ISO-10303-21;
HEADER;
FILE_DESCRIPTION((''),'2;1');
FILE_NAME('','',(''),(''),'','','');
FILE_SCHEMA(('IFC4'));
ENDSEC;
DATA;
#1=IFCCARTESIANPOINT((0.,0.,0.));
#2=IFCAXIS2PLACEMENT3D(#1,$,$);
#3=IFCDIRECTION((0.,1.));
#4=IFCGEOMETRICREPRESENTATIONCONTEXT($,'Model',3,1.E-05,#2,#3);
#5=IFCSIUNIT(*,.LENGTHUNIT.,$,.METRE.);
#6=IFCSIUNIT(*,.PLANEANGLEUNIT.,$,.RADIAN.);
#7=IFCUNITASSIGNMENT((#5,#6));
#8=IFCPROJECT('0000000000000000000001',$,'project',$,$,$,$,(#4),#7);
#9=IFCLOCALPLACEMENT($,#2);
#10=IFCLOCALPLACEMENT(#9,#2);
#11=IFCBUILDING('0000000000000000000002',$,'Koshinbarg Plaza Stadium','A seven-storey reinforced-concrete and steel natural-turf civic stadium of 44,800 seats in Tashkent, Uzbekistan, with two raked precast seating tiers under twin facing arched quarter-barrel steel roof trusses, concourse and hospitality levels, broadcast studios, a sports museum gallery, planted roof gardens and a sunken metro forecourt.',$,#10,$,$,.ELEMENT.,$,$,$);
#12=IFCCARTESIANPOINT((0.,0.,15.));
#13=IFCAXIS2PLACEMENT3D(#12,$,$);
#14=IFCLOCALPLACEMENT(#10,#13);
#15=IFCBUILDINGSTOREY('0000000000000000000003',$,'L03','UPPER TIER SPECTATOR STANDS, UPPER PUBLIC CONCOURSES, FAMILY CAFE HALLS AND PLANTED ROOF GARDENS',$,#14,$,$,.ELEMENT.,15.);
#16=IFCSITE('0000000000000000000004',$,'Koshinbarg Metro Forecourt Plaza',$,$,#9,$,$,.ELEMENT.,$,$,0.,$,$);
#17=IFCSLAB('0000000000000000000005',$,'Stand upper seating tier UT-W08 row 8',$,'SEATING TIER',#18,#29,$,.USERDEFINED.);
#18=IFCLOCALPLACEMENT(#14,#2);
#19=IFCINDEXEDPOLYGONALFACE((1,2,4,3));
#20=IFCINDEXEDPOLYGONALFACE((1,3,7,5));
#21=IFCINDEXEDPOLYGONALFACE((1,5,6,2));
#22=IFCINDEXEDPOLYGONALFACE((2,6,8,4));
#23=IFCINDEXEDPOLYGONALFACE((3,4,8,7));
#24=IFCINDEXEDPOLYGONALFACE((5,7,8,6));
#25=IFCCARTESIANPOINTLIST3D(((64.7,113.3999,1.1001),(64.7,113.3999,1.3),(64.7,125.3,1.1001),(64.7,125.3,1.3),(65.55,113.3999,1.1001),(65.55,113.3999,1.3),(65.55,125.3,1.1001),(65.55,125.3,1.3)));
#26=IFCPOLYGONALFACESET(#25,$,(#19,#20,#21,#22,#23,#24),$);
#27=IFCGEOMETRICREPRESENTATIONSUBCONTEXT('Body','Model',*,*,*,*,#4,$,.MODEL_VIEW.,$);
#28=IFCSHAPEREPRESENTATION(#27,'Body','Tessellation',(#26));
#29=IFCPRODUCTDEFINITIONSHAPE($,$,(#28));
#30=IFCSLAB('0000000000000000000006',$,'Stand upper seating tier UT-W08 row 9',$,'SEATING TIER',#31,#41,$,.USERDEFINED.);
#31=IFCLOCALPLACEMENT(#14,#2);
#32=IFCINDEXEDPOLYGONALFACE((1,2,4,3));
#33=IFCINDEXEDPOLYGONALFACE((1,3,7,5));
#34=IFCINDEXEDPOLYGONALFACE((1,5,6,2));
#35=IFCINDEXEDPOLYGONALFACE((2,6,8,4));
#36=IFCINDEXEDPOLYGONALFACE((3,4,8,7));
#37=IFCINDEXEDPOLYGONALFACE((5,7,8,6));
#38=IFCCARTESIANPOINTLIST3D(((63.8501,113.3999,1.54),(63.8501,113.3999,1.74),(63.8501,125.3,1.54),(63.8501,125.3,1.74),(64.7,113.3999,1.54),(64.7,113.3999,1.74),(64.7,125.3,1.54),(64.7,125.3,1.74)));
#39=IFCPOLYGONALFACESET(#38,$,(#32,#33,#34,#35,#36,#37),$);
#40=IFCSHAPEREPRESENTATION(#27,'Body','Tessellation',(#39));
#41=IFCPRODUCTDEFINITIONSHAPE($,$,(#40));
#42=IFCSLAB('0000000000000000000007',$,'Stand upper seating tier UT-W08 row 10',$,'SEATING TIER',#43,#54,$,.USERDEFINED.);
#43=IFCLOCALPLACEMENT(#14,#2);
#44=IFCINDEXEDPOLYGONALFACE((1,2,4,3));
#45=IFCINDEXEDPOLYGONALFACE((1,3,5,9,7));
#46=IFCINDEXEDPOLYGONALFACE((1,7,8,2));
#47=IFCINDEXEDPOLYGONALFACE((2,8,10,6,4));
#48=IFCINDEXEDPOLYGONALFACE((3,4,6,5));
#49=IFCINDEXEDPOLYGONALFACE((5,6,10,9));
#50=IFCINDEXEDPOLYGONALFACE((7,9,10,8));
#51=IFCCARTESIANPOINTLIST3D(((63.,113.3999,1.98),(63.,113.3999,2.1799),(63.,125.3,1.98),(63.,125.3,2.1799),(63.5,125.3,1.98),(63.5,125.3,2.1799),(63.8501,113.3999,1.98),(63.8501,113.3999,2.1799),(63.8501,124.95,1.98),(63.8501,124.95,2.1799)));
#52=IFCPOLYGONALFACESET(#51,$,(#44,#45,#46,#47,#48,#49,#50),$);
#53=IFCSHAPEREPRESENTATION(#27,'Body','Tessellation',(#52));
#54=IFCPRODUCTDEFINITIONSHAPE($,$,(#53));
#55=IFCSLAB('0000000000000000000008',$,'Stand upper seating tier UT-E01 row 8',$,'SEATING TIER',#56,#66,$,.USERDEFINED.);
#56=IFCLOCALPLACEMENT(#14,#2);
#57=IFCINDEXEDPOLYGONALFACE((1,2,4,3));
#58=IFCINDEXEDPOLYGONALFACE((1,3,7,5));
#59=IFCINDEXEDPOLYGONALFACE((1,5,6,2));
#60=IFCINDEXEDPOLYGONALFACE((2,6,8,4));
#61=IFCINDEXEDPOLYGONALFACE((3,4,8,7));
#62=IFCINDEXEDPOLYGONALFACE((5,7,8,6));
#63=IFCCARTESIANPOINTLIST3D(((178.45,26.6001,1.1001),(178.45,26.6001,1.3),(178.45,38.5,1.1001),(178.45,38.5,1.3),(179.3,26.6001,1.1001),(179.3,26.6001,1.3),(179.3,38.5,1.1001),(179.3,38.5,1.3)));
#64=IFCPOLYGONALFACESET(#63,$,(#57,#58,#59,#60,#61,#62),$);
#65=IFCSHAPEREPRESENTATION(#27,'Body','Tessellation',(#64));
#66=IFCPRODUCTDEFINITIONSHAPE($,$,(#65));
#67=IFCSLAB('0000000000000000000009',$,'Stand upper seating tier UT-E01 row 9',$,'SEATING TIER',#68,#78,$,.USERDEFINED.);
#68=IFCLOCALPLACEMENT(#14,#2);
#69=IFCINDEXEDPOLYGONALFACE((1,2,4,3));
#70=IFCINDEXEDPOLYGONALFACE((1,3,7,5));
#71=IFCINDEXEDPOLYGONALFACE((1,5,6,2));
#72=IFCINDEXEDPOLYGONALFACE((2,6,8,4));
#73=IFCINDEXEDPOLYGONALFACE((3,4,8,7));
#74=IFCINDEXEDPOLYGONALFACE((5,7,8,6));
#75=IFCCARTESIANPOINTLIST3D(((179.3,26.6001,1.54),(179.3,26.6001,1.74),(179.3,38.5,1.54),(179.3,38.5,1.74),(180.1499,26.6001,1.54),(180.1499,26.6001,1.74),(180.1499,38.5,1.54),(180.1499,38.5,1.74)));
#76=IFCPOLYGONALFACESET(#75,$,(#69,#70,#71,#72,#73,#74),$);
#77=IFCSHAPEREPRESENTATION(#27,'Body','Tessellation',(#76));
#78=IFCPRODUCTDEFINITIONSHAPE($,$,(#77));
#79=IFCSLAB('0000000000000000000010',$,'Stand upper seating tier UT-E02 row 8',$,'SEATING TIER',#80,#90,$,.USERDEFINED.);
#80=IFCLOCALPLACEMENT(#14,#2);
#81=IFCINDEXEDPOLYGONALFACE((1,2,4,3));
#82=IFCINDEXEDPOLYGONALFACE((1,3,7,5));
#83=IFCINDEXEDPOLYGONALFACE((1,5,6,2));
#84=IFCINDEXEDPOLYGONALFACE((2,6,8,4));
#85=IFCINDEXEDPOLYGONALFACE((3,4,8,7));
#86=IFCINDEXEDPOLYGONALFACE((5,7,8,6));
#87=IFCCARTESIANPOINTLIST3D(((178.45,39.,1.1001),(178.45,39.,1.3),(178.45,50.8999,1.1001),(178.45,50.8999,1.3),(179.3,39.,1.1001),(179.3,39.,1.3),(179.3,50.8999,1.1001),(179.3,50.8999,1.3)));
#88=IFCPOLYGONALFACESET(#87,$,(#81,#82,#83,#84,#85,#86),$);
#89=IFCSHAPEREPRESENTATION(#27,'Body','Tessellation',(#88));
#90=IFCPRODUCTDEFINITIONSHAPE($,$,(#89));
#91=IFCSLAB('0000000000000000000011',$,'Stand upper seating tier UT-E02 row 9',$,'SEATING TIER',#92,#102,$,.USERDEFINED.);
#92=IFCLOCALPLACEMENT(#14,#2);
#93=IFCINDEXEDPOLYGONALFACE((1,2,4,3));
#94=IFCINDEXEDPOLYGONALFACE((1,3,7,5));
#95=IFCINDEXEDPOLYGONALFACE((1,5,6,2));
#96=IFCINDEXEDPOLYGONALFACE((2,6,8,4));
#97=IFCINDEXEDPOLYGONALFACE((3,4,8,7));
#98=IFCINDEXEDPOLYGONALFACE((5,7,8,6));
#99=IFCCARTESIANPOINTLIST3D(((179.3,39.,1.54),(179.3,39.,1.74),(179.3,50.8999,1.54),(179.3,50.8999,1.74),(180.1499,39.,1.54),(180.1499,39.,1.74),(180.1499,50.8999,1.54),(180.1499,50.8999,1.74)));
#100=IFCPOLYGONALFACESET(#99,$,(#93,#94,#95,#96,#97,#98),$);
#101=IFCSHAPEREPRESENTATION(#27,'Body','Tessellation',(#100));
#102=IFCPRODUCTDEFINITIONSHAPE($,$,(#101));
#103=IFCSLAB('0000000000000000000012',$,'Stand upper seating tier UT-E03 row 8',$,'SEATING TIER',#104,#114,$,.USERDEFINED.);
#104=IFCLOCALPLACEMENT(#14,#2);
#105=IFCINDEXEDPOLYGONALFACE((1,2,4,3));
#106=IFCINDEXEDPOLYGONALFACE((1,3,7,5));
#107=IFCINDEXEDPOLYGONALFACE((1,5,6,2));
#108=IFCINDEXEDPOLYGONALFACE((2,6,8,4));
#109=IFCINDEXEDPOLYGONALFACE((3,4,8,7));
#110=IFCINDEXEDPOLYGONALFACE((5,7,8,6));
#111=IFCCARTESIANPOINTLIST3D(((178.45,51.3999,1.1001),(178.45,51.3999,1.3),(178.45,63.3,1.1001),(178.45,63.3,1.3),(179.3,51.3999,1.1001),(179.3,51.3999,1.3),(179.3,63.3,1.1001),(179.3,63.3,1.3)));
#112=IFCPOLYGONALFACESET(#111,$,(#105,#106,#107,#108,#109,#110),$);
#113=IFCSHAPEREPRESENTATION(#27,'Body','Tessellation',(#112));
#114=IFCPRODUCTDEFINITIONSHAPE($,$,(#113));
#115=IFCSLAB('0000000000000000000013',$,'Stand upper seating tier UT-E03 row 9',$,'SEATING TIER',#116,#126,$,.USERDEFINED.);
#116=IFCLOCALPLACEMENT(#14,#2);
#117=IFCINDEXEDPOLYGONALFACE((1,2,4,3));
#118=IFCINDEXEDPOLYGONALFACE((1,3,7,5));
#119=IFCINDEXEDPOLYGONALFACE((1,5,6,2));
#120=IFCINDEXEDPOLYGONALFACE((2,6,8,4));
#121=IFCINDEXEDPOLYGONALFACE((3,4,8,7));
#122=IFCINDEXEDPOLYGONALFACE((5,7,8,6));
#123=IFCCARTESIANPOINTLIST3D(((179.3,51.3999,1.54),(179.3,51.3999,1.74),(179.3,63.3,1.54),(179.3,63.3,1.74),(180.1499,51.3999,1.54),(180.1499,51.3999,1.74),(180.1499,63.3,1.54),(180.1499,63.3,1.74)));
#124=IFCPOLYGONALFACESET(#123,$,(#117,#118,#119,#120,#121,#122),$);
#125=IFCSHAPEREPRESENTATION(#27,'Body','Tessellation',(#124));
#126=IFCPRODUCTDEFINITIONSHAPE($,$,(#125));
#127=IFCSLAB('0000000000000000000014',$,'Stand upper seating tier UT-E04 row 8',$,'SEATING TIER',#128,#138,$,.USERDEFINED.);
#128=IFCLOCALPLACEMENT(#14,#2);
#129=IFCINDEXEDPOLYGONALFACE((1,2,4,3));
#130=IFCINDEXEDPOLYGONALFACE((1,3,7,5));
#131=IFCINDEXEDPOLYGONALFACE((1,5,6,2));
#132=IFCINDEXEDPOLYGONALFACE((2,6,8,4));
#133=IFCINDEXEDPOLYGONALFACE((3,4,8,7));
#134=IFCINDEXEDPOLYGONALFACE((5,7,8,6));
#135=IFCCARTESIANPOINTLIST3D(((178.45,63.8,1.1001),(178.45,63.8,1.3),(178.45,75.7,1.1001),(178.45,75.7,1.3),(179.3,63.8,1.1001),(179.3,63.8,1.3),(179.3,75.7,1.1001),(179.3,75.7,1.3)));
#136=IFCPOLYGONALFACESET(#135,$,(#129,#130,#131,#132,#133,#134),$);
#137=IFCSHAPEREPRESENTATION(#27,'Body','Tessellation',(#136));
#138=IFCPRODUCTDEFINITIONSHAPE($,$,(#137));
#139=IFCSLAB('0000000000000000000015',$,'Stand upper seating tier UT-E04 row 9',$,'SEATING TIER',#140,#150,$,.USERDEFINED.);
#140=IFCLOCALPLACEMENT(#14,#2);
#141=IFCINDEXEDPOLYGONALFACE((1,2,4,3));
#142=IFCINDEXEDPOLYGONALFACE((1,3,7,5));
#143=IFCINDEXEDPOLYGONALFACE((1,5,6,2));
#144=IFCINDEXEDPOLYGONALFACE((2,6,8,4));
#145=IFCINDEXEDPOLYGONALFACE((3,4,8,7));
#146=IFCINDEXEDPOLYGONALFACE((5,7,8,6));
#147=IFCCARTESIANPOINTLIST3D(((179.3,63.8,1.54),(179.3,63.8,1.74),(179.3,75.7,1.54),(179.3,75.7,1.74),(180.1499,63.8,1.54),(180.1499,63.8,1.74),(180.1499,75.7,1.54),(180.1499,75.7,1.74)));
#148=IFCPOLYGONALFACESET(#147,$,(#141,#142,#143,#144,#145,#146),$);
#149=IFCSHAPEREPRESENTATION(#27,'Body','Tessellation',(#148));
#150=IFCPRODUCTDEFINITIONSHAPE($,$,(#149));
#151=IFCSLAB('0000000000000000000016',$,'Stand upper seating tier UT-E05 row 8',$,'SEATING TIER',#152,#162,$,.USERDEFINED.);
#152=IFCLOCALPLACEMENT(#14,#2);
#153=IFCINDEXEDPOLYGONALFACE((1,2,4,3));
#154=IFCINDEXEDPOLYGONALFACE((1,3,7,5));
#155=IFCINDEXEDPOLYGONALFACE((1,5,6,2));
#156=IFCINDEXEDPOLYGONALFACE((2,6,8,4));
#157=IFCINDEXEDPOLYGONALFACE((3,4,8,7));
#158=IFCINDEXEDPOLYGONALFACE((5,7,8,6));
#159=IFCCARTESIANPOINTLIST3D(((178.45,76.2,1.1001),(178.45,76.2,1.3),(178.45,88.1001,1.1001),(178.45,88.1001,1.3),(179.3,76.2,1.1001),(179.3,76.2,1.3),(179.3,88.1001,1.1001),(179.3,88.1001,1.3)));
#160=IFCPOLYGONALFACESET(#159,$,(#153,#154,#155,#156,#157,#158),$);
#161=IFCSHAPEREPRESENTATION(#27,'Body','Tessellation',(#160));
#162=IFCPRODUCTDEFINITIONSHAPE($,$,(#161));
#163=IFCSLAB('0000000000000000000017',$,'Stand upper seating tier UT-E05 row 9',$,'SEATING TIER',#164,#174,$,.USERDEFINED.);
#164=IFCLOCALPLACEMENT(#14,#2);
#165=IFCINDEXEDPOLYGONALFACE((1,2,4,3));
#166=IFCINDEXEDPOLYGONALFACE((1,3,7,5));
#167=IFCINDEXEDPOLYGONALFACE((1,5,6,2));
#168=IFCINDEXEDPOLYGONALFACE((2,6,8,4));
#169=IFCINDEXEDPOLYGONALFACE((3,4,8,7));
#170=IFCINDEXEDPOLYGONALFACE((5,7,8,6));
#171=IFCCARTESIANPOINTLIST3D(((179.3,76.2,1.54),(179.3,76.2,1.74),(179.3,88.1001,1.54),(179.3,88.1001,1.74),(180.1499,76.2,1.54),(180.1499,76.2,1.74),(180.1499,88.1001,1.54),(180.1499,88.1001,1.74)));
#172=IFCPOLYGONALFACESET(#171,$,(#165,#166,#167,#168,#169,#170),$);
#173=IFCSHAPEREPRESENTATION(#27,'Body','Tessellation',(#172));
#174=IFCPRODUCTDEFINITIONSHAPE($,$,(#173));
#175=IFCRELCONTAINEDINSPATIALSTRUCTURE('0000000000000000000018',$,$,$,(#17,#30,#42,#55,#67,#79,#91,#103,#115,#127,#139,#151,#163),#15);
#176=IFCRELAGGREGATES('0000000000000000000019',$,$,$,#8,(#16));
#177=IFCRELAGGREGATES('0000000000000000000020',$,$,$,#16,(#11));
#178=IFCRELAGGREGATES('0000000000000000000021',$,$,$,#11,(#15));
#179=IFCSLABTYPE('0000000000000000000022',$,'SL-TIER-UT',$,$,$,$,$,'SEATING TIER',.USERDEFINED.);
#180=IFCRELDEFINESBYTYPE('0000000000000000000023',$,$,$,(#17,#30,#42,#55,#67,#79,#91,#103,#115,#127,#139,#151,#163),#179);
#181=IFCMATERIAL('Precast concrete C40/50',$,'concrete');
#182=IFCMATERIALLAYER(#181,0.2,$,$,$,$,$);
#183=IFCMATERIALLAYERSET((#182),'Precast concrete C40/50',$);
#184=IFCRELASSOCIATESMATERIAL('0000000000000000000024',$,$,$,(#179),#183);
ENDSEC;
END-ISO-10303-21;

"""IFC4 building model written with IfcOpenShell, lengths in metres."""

from ifc_helpers import new_model, si_unit, direction, frame, origin, place, context, subcontext, project, spatial, polyline, outline, extrude, material, layer, layer_set, type_object, element, save


model = new_model("IFC4")

# Units and contexts
model_context = context("Model", 3, precision=1e-05, world=origin(), true_north=direction((0.0, 1.0)))
body_context = subcontext(model_context, "Body", "Model", "MODEL_VIEW")
ifc_project = project(units=[si_unit("LENGTHUNIT", "METRE"), si_unit("PLANEANGLEUNIT", "RADIAN")], contexts=[model_context])

# Site, building, storey
site_placement = place(None, origin())
site = spatial("IfcSite", under=ifc_project, at=site_placement, Name="Koshinbarg Metro Forecourt Plaza", CompositionType="ELEMENT", RefElevation=0.0)
building_placement = place(site_placement, origin())
building = spatial("IfcBuilding", under=site, at=building_placement, Name="Koshinbarg Plaza Stadium", Description="A seven-storey reinforced-concrete and steel natural-turf civic stadium of 44,800 seats in Tashkent, Uzbekistan, with two raked precast seating tiers under twin facing arched quarter-barrel steel roof trusses, concourse and hospitality levels, broadcast studios, a sports museum gallery, planted roof gardens and a sunken metro forecourt.", CompositionType="ELEMENT")
storey_placement = place(building_placement, frame((0.0, 0.0, 15.0)))
storey = spatial("IfcBuildingStorey", under=building, at=storey_placement, Name="L03", Description="UPPER TIER SPECTATOR STANDS, UPPER PUBLIC CONCOURSES, FAMILY CAFE HALLS AND PLANTED ROOF GARDENS", CompositionType="ELEMENT", Elevation=15.0)

# Slabs
ifc_material = material(Name="Precast concrete C40/50", Category="concrete")
ifc_layer = layer(ifc_material, 0.2)
ifc_layer_set = layer_set([ifc_layer], Name="Precast concrete C40/50")
slab_type = type_object("IfcSlabType", Name="SL-TIER-UT", ElementType="SEATING TIER", PredefinedType="USERDEFINED", material=ifc_layer_set)
slab_1_placement = place(storey_placement, frame((0.0, 0.0, 1.1001)))
element("IfcSlab", 1, at=slab_1_placement, inside=storey, type_object=slab_type, Name="Stand upper seating tier UT-W08 row 8", ObjectType="SEATING TIER", PredefinedType="USERDEFINED", context=body_context, shape_type="SweptSolid", body=[
    extrude(outline(polyline([(64.7, 113.3999), (65.55, 113.3999), (65.55, 125.3), (64.7, 125.3), (64.7, 113.3999)])), origin(), (0.0, 0.0, 1.0), 0.2),
])
slab_2_placement = place(storey_placement, frame((0.0, 0.0, 1.54)))
element("IfcSlab", 2, at=slab_2_placement, inside=storey, type_object=slab_type, Name="Stand upper seating tier UT-W08 row 9", ObjectType="SEATING TIER", PredefinedType="USERDEFINED", context=body_context, shape_type="SweptSolid", body=[
    extrude(outline(polyline([(63.8501, 113.3999), (64.7, 113.3999), (64.7, 125.3), (63.8501, 125.3), (63.8501, 113.3999)])), origin(), (0.0, 0.0, 1.0), 0.2),
])
slab_3_placement = place(storey_placement, frame((0.0, 0.0, 1.98)))
element("IfcSlab", 3, at=slab_3_placement, inside=storey, type_object=slab_type, Name="Stand upper seating tier UT-W08 row 10", ObjectType="SEATING TIER", PredefinedType="USERDEFINED", context=body_context, shape_type="SweptSolid", body=[
    extrude(outline(polyline([(63.0, 113.3999), (63.8501, 113.3999), (63.8501, 124.95), (63.5, 125.3), (63.0, 125.3), (63.0, 113.3999)])), origin(), (0.0, 0.0, 1.0), 0.2),
])
slab_4_placement = place(storey_placement, frame((0.0, 0.0, 1.1001)))
element("IfcSlab", 4, at=slab_4_placement, inside=storey, type_object=slab_type, Name="Stand upper seating tier UT-E01 row 8", ObjectType="SEATING TIER", PredefinedType="USERDEFINED", context=body_context, shape_type="SweptSolid", body=[
    extrude(outline(polyline([(178.45, 26.6001), (179.3, 26.6001), (179.3, 38.5), (178.45, 38.5), (178.45, 26.6001)])), origin(), (0.0, 0.0, 1.0), 0.2),
])
slab_5_placement = place(storey_placement, frame((0.0, 0.0, 1.54)))
element("IfcSlab", 5, at=slab_5_placement, inside=storey, type_object=slab_type, Name="Stand upper seating tier UT-E01 row 9", ObjectType="SEATING TIER", PredefinedType="USERDEFINED", context=body_context, shape_type="SweptSolid", body=[
    extrude(outline(polyline([(179.3, 26.6001), (180.1499, 26.6001), (180.1499, 38.5), (179.3, 38.5), (179.3, 26.6001)])), origin(), (0.0, 0.0, 1.0), 0.2),
])
slab_6_placement = place(storey_placement, frame((0.0, 0.0, 1.1001)))
element("IfcSlab", 6, at=slab_6_placement, inside=storey, type_object=slab_type, Name="Stand upper seating tier UT-E02 row 8", ObjectType="SEATING TIER", PredefinedType="USERDEFINED", context=body_context, shape_type="SweptSolid", body=[
    extrude(outline(polyline([(178.45, 39.0), (179.3, 39.0), (179.3, 50.8999), (178.45, 50.8999), (178.45, 39.0)])), origin(), (0.0, 0.0, 1.0), 0.2),
])
slab_7_placement = place(storey_placement, frame((0.0, 0.0, 1.54)))
element("IfcSlab", 7, at=slab_7_placement, inside=storey, type_object=slab_type, Name="Stand upper seating tier UT-E02 row 9", ObjectType="SEATING TIER", PredefinedType="USERDEFINED", context=body_context, shape_type="SweptSolid", body=[
    extrude(outline(polyline([(179.3, 39.0), (180.1499, 39.0), (180.1499, 50.8999), (179.3, 50.8999), (179.3, 39.0)])), origin(), (0.0, 0.0, 1.0), 0.2),
])
slab_8_placement = place(storey_placement, frame((0.0, 0.0, 1.1001)))
element("IfcSlab", 8, at=slab_8_placement, inside=storey, type_object=slab_type, Name="Stand upper seating tier UT-E03 row 8", ObjectType="SEATING TIER", PredefinedType="USERDEFINED", context=body_context, shape_type="SweptSolid", body=[
    extrude(outline(polyline([(178.45, 51.3999), (179.3, 51.3999), (179.3, 63.3), (178.45, 63.3), (178.45, 51.3999)])), origin(), (0.0, 0.0, 1.0), 0.2),
])
slab_9_placement = place(storey_placement, frame((0.0, 0.0, 1.54)))
element("IfcSlab", 9, at=slab_9_placement, inside=storey, type_object=slab_type, Name="Stand upper seating tier UT-E03 row 9", ObjectType="SEATING TIER", PredefinedType="USERDEFINED", context=body_context, shape_type="SweptSolid", body=[
    extrude(outline(polyline([(179.3, 51.3999), (180.1499, 51.3999), (180.1499, 63.3), (179.3, 63.3), (179.3, 51.3999)])), origin(), (0.0, 0.0, 1.0), 0.2),
])
slab_10_placement = place(storey_placement, frame((0.0, 0.0, 1.1001)))
element("IfcSlab", 10, at=slab_10_placement, inside=storey, type_object=slab_type, Name="Stand upper seating tier UT-E04 row 8", ObjectType="SEATING TIER", PredefinedType="USERDEFINED", context=body_context, shape_type="SweptSolid", body=[
    extrude(outline(polyline([(178.45, 63.8), (179.3, 63.8), (179.3, 75.7), (178.45, 75.7), (178.45, 63.8)])), origin(), (0.0, 0.0, 1.0), 0.2),
])
slab_11_placement = place(storey_placement, frame((0.0, 0.0, 1.54)))
element("IfcSlab", 11, at=slab_11_placement, inside=storey, type_object=slab_type, Name="Stand upper seating tier UT-E04 row 9", ObjectType="SEATING TIER", PredefinedType="USERDEFINED", context=body_context, shape_type="SweptSolid", body=[
    extrude(outline(polyline([(179.3, 63.8), (180.1499, 63.8), (180.1499, 75.7), (179.3, 75.7), (179.3, 63.8)])), origin(), (0.0, 0.0, 1.0), 0.2),
])
slab_12_placement = place(storey_placement, frame((0.0, 0.0, 1.1001)))
element("IfcSlab", 12, at=slab_12_placement, inside=storey, type_object=slab_type, Name="Stand upper seating tier UT-E05 row 8", ObjectType="SEATING TIER", PredefinedType="USERDEFINED", context=body_context, shape_type="SweptSolid", body=[
    extrude(outline(polyline([(178.45, 76.2), (179.3, 76.2), (179.3, 88.1001), (178.45, 88.1001), (178.45, 76.2)])), origin(), (0.0, 0.0, 1.0), 0.2),
])
slab_13_placement = place(storey_placement, frame((0.0, 0.0, 1.54)))
element("IfcSlab", 13, at=slab_13_placement, inside=storey, type_object=slab_type, Name="Stand upper seating tier UT-E05 row 9", ObjectType="SEATING TIER", PredefinedType="USERDEFINED", context=body_context, shape_type="SweptSolid", body=[
    extrude(outline(polyline([(179.3, 76.2), (180.1499, 76.2), (180.1499, 88.1001), (179.3, 88.1001), (179.3, 76.2)])), origin(), (0.0, 0.0, 1.0), 0.2),
])

save(model, "model.ifc")
